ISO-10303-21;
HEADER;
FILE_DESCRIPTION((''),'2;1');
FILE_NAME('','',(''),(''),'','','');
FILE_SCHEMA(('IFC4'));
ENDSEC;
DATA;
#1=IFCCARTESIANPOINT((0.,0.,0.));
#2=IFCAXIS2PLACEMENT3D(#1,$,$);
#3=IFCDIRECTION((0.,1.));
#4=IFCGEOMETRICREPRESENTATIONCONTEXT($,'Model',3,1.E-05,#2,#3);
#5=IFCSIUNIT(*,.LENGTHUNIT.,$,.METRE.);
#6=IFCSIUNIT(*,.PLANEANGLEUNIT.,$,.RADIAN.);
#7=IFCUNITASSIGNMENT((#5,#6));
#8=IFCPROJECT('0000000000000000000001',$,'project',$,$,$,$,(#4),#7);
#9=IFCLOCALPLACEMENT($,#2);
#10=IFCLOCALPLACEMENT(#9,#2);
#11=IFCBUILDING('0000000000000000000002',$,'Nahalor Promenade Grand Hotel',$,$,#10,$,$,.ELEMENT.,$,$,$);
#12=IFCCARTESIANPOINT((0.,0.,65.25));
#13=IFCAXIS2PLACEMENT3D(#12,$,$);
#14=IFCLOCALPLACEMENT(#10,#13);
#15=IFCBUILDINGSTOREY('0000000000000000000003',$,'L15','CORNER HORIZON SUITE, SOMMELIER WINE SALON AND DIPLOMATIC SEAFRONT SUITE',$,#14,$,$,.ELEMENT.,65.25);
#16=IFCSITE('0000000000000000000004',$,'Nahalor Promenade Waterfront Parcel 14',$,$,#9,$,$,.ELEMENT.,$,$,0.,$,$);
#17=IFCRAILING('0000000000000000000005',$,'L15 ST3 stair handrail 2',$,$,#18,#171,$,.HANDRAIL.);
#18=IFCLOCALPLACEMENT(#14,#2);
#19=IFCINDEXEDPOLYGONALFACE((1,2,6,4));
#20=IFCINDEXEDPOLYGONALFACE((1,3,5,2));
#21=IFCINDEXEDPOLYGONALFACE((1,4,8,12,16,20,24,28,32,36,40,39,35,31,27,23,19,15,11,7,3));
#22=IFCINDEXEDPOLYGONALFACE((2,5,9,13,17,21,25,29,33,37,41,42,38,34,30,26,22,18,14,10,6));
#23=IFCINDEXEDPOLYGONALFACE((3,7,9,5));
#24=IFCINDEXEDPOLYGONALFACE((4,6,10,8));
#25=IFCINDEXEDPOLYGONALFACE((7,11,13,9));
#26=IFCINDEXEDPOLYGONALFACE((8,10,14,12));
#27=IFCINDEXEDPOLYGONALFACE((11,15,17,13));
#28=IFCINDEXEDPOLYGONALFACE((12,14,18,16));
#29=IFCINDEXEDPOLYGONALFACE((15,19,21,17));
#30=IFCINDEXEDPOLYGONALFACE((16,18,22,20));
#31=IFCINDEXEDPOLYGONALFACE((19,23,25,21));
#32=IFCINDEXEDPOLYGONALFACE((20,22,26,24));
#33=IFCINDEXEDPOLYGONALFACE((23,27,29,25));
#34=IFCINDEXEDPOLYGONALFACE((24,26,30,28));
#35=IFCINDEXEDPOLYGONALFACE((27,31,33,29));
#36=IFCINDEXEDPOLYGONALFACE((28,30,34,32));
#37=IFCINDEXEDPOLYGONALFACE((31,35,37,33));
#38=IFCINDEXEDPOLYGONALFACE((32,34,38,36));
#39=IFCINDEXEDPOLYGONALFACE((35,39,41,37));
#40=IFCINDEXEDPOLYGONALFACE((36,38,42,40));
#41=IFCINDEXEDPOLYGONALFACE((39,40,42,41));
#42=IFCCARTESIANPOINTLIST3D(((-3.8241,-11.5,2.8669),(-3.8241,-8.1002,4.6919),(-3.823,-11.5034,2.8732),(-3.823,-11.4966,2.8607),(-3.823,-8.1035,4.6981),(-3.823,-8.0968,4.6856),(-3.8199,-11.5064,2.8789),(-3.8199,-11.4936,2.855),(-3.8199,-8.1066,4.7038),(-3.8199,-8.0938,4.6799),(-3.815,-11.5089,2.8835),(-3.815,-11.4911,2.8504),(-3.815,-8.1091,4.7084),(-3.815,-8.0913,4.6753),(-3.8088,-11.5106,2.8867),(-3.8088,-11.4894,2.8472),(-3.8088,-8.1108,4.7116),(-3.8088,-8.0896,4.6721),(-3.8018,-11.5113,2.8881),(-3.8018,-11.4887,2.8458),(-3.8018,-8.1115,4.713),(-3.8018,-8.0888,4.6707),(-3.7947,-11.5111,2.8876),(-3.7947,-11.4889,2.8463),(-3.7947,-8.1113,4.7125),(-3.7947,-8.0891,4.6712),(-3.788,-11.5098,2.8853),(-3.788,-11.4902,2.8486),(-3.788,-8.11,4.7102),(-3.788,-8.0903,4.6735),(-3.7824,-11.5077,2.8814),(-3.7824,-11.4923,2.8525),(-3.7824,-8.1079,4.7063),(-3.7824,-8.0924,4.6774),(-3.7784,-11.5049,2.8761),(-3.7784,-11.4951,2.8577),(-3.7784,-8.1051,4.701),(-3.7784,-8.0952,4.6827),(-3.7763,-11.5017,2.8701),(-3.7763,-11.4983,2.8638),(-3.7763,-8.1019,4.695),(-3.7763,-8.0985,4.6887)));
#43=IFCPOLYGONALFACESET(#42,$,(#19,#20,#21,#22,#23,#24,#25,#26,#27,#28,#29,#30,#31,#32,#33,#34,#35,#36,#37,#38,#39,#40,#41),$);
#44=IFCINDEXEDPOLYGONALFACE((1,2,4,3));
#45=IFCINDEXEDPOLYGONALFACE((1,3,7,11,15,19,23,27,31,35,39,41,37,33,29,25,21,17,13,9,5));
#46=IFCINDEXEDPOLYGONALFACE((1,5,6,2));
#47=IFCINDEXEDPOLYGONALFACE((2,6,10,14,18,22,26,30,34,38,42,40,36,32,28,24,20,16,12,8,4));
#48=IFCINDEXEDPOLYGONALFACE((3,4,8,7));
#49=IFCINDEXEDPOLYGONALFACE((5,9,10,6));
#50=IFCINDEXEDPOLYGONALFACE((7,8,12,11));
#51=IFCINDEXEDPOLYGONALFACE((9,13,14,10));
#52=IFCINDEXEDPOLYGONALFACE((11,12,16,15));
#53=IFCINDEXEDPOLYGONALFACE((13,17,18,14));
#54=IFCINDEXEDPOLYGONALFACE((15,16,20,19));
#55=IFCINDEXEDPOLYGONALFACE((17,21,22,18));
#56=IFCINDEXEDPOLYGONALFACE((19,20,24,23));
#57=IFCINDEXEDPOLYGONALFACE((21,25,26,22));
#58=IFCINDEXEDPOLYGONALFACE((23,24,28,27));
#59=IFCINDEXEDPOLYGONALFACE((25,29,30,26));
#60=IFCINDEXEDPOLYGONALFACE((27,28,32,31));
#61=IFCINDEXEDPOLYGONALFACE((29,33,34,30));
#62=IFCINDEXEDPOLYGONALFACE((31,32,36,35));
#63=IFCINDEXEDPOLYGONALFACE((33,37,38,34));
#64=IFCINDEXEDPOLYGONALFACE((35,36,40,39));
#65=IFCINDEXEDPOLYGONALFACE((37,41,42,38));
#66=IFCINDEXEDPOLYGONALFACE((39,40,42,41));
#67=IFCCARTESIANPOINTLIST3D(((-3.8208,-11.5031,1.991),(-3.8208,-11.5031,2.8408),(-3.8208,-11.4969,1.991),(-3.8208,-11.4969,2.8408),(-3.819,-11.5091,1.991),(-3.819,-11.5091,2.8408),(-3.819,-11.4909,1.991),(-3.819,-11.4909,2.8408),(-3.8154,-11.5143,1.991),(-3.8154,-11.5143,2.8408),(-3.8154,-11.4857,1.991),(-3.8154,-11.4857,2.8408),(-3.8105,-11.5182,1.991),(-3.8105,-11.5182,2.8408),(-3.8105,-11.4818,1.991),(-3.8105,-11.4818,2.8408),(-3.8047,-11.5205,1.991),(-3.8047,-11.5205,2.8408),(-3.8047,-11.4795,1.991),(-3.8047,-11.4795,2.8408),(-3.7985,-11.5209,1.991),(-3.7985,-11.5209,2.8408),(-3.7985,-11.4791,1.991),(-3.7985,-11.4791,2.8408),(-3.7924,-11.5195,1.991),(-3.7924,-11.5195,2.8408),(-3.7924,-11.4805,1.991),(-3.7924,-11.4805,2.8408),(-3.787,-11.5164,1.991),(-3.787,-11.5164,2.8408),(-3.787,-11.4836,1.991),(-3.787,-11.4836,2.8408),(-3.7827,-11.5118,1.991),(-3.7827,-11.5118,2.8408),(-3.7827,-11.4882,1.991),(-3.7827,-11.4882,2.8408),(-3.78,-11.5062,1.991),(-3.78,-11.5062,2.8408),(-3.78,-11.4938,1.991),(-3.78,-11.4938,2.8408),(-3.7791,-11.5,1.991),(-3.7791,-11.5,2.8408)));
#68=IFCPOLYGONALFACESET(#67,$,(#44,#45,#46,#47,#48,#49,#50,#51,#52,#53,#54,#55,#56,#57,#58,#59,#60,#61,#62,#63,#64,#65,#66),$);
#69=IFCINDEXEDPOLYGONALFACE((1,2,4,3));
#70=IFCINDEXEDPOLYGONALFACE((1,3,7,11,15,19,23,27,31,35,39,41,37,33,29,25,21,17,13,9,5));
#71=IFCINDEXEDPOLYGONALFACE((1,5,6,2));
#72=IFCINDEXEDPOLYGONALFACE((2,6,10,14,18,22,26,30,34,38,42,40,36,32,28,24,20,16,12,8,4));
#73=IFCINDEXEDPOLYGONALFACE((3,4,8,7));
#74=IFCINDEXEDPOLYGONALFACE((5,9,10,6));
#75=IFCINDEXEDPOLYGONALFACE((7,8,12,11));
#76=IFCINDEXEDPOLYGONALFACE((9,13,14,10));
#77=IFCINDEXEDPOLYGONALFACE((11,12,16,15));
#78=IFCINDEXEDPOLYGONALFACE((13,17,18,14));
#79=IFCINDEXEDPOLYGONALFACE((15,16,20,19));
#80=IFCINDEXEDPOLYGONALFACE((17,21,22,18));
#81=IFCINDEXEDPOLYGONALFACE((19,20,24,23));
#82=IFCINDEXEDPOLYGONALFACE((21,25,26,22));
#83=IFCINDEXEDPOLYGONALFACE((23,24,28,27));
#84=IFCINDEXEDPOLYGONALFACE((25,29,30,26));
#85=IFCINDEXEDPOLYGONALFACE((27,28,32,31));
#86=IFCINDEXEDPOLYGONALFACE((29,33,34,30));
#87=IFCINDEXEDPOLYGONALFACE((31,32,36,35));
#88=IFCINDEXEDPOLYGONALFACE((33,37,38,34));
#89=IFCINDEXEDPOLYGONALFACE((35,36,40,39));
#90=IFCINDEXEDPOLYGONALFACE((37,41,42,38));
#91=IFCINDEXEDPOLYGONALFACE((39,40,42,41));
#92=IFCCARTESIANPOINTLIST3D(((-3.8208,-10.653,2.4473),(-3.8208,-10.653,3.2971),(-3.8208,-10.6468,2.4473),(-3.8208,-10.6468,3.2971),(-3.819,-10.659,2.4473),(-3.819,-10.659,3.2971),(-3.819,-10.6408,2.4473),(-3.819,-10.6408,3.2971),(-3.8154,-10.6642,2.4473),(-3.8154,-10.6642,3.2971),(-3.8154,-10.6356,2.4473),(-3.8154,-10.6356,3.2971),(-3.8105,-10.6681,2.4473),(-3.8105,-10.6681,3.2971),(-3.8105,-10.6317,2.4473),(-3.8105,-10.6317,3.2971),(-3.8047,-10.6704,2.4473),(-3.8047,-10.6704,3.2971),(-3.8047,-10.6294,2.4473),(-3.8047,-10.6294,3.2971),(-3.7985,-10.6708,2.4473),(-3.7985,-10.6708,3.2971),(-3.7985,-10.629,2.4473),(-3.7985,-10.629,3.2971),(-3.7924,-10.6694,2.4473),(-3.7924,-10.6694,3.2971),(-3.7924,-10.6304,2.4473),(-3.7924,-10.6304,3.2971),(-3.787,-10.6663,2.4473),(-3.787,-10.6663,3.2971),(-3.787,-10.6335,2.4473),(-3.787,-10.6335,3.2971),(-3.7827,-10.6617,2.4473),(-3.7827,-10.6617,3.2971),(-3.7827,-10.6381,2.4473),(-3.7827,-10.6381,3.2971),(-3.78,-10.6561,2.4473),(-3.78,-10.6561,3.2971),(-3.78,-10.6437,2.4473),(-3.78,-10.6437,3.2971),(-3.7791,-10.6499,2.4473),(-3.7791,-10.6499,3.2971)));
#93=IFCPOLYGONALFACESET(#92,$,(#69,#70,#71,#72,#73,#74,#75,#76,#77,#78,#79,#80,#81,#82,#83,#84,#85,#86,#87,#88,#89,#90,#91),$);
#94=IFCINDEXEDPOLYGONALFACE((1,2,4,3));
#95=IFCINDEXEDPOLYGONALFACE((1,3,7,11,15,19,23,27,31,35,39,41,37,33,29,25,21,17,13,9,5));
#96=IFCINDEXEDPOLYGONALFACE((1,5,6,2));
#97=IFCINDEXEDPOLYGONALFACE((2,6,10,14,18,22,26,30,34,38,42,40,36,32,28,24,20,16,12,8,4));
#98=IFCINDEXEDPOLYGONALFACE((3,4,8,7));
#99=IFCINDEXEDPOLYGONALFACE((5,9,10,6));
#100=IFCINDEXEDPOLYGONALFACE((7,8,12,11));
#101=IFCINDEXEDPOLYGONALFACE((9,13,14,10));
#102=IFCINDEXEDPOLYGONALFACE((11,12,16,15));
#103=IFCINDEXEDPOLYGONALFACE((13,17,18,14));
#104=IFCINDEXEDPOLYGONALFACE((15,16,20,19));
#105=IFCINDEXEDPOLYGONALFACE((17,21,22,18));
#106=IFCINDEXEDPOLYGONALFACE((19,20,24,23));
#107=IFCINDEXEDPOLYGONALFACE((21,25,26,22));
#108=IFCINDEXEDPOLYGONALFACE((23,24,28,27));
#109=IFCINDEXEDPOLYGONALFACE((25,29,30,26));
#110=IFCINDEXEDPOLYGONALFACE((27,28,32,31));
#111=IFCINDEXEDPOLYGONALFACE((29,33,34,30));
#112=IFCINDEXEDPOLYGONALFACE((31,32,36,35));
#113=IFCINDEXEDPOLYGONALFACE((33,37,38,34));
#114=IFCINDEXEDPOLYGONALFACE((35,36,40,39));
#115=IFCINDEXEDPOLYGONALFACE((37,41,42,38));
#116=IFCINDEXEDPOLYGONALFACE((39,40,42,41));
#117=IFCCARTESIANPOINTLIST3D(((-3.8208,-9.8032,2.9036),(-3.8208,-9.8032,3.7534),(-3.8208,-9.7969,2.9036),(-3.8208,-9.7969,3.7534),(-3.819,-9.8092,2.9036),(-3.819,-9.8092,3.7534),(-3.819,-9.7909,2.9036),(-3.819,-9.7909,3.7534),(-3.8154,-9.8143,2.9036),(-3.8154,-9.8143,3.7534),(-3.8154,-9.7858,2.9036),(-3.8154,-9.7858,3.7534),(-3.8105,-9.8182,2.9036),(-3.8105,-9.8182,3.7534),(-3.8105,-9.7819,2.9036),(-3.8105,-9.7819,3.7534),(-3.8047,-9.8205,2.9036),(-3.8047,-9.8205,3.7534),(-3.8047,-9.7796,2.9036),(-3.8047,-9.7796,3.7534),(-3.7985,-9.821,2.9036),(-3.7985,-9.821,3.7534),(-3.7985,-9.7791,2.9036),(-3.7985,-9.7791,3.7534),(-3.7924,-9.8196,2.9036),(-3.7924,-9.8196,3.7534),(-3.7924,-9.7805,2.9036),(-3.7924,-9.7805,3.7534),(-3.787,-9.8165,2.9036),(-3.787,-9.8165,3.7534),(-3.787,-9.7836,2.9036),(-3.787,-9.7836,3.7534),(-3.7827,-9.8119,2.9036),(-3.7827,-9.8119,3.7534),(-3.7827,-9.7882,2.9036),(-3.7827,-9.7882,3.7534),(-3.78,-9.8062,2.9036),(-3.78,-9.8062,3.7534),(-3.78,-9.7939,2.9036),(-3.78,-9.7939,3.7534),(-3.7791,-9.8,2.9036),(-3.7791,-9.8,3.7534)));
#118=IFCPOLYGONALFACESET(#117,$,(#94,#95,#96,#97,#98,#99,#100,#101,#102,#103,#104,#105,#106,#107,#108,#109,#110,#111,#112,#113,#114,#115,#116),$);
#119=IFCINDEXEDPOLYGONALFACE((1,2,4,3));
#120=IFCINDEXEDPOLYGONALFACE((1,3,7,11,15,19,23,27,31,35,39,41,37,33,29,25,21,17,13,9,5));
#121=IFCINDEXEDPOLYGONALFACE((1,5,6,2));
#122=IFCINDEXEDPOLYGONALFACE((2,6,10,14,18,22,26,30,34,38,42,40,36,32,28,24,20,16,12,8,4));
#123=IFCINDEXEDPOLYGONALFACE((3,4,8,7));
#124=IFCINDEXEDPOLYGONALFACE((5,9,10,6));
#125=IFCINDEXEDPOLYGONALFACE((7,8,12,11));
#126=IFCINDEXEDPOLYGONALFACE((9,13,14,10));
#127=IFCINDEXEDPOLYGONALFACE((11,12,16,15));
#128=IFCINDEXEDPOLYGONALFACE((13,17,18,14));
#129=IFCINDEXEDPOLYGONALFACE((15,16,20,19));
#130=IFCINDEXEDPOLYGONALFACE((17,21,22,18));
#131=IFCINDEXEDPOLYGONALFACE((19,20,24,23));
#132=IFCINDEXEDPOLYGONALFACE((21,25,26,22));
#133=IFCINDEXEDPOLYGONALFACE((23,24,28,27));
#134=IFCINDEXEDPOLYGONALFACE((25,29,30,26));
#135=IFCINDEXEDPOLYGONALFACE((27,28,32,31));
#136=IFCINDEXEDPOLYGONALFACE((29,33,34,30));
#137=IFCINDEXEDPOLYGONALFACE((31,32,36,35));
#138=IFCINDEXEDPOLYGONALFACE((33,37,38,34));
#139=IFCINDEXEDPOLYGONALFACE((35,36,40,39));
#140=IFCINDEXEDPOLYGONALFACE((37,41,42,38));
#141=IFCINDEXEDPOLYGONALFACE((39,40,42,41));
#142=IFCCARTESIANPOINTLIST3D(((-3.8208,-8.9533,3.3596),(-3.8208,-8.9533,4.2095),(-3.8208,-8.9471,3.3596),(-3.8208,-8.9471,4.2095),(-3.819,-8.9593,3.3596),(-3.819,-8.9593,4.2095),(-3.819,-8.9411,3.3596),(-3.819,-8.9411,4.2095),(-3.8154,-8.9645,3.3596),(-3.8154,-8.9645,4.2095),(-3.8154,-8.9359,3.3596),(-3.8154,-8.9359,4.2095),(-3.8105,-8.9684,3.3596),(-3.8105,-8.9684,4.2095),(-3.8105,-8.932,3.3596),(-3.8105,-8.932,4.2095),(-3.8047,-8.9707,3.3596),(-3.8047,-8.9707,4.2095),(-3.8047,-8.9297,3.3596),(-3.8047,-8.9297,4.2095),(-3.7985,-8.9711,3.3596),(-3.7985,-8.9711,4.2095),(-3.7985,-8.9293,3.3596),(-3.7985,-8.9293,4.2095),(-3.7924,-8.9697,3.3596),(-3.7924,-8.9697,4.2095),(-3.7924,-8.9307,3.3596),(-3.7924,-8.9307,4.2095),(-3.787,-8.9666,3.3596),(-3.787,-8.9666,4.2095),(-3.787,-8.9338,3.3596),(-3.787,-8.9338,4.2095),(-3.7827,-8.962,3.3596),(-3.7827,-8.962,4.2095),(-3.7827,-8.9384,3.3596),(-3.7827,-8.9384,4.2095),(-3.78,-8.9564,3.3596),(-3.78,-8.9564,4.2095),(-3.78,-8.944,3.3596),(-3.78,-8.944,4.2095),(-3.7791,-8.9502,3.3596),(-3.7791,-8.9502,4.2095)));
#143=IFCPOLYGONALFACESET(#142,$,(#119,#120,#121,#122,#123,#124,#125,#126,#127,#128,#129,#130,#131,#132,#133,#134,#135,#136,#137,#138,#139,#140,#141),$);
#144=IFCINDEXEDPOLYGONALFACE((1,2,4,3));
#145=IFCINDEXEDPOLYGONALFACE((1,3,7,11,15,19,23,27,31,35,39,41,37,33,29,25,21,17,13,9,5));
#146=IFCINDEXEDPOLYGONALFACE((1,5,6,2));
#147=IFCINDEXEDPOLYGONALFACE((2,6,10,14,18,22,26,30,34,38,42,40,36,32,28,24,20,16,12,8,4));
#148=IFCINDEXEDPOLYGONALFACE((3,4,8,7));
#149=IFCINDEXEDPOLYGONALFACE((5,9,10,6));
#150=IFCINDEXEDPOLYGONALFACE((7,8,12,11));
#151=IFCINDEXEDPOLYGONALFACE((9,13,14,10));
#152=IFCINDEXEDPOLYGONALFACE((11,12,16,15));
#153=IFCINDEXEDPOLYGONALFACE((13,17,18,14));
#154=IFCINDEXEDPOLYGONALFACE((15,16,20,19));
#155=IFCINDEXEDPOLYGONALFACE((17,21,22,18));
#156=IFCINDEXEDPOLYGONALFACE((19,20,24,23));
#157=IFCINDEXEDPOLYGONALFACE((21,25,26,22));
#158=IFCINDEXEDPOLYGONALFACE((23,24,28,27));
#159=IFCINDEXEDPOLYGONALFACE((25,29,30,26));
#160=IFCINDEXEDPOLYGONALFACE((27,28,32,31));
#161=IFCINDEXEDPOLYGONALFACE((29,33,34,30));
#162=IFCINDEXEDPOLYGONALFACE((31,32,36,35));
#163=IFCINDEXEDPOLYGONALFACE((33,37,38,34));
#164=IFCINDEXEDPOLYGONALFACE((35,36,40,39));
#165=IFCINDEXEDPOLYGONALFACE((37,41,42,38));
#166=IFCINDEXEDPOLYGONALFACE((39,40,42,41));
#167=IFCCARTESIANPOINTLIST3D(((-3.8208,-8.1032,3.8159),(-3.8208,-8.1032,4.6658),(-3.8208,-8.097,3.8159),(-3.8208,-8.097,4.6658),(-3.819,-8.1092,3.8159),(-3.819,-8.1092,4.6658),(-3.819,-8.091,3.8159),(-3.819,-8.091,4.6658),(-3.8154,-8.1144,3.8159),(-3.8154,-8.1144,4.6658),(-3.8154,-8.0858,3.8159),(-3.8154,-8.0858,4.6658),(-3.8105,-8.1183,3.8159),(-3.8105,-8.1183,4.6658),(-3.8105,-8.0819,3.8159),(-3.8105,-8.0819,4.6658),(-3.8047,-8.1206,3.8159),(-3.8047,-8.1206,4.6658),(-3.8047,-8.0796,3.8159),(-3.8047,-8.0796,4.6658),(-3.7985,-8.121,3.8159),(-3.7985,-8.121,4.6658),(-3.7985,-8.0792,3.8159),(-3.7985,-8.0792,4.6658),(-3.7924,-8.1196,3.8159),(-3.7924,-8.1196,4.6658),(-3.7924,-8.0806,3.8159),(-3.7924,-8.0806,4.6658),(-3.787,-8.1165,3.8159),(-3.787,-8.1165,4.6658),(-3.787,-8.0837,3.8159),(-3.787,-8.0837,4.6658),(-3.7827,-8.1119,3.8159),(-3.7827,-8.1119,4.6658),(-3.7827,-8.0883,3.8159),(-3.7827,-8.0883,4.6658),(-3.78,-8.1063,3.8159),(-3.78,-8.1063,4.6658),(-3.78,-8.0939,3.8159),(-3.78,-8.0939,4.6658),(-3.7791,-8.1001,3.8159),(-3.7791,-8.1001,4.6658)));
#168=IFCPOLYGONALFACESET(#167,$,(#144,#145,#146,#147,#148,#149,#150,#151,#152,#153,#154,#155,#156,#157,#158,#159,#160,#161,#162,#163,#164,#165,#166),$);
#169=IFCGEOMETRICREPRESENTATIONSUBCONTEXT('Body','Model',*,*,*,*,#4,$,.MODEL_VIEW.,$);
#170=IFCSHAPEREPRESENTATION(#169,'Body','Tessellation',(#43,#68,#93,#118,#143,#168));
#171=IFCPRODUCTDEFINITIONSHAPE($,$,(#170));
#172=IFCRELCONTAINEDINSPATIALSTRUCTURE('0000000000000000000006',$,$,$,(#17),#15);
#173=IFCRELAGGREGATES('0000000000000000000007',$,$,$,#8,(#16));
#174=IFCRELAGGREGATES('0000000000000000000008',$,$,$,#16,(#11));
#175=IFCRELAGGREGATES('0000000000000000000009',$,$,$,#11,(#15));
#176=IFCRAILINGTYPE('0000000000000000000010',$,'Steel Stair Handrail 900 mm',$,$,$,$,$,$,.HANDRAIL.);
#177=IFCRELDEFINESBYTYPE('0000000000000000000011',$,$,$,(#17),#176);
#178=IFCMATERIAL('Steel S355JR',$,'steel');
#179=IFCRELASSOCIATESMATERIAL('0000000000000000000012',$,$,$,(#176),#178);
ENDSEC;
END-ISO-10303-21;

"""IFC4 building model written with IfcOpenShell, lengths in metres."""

from ifc_helpers import new_model, si_unit, direction, frame, origin, origin_2d, place, context, subcontext, project, spatial, circle, extrude, material, type_object, element, save


model = new_model("IFC4")

# Units and contexts
model_context = context("Model", 3, precision=1e-05, world=origin(), true_north=direction((0.0, 1.0)))
body_context = subcontext(model_context, "Body", "Model", "MODEL_VIEW")
ifc_project = project(units=[si_unit("LENGTHUNIT", "METRE"), si_unit("PLANEANGLEUNIT", "RADIAN")], contexts=[model_context])

# Site, building, storey
site_placement = place(None, origin())
site = spatial("IfcSite", under=ifc_project, at=site_placement, Name="Nahalor Promenade Waterfront Parcel 14", CompositionType="ELEMENT", RefElevation=0.0)
building_placement = place(site_placement, origin())
building = spatial("IfcBuilding", under=site, at=building_placement, Name="Nahalor Promenade Grand Hotel", CompositionType="ELEMENT")
storey_placement = place(building_placement, frame((0.0, 0.0, 65.25)))
storey = spatial("IfcBuildingStorey", under=building, at=storey_placement, Name="L15", Description="CORNER HORIZON SUITE, SOMMELIER WINE SALON AND DIPLOMATIC SEAFRONT SUITE", CompositionType="ELEMENT", Elevation=65.25)

# Shared definitions
ifc_material_1 = material(Name="Steel S355JR", Category="steel")

# Railing
railing_type_1 = type_object("IfcRailingType", Name="Steel Stair Handrail 900 mm", PredefinedType="HANDRAIL", material=ifc_material_1)
railing_1_placement = place(storey_placement, frame((-3.8, -11.5, 1.991)))
element("IfcRailing", 1, at=railing_1_placement, inside=storey, type_object=railing_type_1, Name="L15 ST3 stair handrail 2", PredefinedType="HANDRAIL", context=body_context, shape_type="SweptSolid", body=[
    extrude(circle(Radius=0.024, at=origin_2d()), frame((0.0, 0.0, 0.876), z_axis=(0.0, 0.881094, 0.472941), x_axis=(-1.0, 0.0, 0.0)), (0.0, 0.0, 1.0), 3.8586),
    extrude(circle(Radius=0.021, at=origin_2d()), origin(), (0.0, 0.0, 1.0), 0.8499),
    extrude(circle(Radius=0.021, at=origin_2d()), frame((0.0, 0.8501, 0.4563)), (0.0, 0.0, 1.0), 0.8499),
    extrude(circle(Radius=0.021, at=origin_2d()), frame((0.0, 1.7, 0.9126)), (0.0, 0.0, 1.0), 0.8499),
    extrude(circle(Radius=0.021, at=origin_2d()), frame((0.0, 2.5498, 1.3687)), (0.0, 0.0, 1.0), 0.8499),
    extrude(circle(Radius=0.021, at=origin_2d()), frame((0.0, 3.3999, 1.825)), (0.0, 0.0, 1.0), 0.8499),
])

save(model, "model.ifc")
